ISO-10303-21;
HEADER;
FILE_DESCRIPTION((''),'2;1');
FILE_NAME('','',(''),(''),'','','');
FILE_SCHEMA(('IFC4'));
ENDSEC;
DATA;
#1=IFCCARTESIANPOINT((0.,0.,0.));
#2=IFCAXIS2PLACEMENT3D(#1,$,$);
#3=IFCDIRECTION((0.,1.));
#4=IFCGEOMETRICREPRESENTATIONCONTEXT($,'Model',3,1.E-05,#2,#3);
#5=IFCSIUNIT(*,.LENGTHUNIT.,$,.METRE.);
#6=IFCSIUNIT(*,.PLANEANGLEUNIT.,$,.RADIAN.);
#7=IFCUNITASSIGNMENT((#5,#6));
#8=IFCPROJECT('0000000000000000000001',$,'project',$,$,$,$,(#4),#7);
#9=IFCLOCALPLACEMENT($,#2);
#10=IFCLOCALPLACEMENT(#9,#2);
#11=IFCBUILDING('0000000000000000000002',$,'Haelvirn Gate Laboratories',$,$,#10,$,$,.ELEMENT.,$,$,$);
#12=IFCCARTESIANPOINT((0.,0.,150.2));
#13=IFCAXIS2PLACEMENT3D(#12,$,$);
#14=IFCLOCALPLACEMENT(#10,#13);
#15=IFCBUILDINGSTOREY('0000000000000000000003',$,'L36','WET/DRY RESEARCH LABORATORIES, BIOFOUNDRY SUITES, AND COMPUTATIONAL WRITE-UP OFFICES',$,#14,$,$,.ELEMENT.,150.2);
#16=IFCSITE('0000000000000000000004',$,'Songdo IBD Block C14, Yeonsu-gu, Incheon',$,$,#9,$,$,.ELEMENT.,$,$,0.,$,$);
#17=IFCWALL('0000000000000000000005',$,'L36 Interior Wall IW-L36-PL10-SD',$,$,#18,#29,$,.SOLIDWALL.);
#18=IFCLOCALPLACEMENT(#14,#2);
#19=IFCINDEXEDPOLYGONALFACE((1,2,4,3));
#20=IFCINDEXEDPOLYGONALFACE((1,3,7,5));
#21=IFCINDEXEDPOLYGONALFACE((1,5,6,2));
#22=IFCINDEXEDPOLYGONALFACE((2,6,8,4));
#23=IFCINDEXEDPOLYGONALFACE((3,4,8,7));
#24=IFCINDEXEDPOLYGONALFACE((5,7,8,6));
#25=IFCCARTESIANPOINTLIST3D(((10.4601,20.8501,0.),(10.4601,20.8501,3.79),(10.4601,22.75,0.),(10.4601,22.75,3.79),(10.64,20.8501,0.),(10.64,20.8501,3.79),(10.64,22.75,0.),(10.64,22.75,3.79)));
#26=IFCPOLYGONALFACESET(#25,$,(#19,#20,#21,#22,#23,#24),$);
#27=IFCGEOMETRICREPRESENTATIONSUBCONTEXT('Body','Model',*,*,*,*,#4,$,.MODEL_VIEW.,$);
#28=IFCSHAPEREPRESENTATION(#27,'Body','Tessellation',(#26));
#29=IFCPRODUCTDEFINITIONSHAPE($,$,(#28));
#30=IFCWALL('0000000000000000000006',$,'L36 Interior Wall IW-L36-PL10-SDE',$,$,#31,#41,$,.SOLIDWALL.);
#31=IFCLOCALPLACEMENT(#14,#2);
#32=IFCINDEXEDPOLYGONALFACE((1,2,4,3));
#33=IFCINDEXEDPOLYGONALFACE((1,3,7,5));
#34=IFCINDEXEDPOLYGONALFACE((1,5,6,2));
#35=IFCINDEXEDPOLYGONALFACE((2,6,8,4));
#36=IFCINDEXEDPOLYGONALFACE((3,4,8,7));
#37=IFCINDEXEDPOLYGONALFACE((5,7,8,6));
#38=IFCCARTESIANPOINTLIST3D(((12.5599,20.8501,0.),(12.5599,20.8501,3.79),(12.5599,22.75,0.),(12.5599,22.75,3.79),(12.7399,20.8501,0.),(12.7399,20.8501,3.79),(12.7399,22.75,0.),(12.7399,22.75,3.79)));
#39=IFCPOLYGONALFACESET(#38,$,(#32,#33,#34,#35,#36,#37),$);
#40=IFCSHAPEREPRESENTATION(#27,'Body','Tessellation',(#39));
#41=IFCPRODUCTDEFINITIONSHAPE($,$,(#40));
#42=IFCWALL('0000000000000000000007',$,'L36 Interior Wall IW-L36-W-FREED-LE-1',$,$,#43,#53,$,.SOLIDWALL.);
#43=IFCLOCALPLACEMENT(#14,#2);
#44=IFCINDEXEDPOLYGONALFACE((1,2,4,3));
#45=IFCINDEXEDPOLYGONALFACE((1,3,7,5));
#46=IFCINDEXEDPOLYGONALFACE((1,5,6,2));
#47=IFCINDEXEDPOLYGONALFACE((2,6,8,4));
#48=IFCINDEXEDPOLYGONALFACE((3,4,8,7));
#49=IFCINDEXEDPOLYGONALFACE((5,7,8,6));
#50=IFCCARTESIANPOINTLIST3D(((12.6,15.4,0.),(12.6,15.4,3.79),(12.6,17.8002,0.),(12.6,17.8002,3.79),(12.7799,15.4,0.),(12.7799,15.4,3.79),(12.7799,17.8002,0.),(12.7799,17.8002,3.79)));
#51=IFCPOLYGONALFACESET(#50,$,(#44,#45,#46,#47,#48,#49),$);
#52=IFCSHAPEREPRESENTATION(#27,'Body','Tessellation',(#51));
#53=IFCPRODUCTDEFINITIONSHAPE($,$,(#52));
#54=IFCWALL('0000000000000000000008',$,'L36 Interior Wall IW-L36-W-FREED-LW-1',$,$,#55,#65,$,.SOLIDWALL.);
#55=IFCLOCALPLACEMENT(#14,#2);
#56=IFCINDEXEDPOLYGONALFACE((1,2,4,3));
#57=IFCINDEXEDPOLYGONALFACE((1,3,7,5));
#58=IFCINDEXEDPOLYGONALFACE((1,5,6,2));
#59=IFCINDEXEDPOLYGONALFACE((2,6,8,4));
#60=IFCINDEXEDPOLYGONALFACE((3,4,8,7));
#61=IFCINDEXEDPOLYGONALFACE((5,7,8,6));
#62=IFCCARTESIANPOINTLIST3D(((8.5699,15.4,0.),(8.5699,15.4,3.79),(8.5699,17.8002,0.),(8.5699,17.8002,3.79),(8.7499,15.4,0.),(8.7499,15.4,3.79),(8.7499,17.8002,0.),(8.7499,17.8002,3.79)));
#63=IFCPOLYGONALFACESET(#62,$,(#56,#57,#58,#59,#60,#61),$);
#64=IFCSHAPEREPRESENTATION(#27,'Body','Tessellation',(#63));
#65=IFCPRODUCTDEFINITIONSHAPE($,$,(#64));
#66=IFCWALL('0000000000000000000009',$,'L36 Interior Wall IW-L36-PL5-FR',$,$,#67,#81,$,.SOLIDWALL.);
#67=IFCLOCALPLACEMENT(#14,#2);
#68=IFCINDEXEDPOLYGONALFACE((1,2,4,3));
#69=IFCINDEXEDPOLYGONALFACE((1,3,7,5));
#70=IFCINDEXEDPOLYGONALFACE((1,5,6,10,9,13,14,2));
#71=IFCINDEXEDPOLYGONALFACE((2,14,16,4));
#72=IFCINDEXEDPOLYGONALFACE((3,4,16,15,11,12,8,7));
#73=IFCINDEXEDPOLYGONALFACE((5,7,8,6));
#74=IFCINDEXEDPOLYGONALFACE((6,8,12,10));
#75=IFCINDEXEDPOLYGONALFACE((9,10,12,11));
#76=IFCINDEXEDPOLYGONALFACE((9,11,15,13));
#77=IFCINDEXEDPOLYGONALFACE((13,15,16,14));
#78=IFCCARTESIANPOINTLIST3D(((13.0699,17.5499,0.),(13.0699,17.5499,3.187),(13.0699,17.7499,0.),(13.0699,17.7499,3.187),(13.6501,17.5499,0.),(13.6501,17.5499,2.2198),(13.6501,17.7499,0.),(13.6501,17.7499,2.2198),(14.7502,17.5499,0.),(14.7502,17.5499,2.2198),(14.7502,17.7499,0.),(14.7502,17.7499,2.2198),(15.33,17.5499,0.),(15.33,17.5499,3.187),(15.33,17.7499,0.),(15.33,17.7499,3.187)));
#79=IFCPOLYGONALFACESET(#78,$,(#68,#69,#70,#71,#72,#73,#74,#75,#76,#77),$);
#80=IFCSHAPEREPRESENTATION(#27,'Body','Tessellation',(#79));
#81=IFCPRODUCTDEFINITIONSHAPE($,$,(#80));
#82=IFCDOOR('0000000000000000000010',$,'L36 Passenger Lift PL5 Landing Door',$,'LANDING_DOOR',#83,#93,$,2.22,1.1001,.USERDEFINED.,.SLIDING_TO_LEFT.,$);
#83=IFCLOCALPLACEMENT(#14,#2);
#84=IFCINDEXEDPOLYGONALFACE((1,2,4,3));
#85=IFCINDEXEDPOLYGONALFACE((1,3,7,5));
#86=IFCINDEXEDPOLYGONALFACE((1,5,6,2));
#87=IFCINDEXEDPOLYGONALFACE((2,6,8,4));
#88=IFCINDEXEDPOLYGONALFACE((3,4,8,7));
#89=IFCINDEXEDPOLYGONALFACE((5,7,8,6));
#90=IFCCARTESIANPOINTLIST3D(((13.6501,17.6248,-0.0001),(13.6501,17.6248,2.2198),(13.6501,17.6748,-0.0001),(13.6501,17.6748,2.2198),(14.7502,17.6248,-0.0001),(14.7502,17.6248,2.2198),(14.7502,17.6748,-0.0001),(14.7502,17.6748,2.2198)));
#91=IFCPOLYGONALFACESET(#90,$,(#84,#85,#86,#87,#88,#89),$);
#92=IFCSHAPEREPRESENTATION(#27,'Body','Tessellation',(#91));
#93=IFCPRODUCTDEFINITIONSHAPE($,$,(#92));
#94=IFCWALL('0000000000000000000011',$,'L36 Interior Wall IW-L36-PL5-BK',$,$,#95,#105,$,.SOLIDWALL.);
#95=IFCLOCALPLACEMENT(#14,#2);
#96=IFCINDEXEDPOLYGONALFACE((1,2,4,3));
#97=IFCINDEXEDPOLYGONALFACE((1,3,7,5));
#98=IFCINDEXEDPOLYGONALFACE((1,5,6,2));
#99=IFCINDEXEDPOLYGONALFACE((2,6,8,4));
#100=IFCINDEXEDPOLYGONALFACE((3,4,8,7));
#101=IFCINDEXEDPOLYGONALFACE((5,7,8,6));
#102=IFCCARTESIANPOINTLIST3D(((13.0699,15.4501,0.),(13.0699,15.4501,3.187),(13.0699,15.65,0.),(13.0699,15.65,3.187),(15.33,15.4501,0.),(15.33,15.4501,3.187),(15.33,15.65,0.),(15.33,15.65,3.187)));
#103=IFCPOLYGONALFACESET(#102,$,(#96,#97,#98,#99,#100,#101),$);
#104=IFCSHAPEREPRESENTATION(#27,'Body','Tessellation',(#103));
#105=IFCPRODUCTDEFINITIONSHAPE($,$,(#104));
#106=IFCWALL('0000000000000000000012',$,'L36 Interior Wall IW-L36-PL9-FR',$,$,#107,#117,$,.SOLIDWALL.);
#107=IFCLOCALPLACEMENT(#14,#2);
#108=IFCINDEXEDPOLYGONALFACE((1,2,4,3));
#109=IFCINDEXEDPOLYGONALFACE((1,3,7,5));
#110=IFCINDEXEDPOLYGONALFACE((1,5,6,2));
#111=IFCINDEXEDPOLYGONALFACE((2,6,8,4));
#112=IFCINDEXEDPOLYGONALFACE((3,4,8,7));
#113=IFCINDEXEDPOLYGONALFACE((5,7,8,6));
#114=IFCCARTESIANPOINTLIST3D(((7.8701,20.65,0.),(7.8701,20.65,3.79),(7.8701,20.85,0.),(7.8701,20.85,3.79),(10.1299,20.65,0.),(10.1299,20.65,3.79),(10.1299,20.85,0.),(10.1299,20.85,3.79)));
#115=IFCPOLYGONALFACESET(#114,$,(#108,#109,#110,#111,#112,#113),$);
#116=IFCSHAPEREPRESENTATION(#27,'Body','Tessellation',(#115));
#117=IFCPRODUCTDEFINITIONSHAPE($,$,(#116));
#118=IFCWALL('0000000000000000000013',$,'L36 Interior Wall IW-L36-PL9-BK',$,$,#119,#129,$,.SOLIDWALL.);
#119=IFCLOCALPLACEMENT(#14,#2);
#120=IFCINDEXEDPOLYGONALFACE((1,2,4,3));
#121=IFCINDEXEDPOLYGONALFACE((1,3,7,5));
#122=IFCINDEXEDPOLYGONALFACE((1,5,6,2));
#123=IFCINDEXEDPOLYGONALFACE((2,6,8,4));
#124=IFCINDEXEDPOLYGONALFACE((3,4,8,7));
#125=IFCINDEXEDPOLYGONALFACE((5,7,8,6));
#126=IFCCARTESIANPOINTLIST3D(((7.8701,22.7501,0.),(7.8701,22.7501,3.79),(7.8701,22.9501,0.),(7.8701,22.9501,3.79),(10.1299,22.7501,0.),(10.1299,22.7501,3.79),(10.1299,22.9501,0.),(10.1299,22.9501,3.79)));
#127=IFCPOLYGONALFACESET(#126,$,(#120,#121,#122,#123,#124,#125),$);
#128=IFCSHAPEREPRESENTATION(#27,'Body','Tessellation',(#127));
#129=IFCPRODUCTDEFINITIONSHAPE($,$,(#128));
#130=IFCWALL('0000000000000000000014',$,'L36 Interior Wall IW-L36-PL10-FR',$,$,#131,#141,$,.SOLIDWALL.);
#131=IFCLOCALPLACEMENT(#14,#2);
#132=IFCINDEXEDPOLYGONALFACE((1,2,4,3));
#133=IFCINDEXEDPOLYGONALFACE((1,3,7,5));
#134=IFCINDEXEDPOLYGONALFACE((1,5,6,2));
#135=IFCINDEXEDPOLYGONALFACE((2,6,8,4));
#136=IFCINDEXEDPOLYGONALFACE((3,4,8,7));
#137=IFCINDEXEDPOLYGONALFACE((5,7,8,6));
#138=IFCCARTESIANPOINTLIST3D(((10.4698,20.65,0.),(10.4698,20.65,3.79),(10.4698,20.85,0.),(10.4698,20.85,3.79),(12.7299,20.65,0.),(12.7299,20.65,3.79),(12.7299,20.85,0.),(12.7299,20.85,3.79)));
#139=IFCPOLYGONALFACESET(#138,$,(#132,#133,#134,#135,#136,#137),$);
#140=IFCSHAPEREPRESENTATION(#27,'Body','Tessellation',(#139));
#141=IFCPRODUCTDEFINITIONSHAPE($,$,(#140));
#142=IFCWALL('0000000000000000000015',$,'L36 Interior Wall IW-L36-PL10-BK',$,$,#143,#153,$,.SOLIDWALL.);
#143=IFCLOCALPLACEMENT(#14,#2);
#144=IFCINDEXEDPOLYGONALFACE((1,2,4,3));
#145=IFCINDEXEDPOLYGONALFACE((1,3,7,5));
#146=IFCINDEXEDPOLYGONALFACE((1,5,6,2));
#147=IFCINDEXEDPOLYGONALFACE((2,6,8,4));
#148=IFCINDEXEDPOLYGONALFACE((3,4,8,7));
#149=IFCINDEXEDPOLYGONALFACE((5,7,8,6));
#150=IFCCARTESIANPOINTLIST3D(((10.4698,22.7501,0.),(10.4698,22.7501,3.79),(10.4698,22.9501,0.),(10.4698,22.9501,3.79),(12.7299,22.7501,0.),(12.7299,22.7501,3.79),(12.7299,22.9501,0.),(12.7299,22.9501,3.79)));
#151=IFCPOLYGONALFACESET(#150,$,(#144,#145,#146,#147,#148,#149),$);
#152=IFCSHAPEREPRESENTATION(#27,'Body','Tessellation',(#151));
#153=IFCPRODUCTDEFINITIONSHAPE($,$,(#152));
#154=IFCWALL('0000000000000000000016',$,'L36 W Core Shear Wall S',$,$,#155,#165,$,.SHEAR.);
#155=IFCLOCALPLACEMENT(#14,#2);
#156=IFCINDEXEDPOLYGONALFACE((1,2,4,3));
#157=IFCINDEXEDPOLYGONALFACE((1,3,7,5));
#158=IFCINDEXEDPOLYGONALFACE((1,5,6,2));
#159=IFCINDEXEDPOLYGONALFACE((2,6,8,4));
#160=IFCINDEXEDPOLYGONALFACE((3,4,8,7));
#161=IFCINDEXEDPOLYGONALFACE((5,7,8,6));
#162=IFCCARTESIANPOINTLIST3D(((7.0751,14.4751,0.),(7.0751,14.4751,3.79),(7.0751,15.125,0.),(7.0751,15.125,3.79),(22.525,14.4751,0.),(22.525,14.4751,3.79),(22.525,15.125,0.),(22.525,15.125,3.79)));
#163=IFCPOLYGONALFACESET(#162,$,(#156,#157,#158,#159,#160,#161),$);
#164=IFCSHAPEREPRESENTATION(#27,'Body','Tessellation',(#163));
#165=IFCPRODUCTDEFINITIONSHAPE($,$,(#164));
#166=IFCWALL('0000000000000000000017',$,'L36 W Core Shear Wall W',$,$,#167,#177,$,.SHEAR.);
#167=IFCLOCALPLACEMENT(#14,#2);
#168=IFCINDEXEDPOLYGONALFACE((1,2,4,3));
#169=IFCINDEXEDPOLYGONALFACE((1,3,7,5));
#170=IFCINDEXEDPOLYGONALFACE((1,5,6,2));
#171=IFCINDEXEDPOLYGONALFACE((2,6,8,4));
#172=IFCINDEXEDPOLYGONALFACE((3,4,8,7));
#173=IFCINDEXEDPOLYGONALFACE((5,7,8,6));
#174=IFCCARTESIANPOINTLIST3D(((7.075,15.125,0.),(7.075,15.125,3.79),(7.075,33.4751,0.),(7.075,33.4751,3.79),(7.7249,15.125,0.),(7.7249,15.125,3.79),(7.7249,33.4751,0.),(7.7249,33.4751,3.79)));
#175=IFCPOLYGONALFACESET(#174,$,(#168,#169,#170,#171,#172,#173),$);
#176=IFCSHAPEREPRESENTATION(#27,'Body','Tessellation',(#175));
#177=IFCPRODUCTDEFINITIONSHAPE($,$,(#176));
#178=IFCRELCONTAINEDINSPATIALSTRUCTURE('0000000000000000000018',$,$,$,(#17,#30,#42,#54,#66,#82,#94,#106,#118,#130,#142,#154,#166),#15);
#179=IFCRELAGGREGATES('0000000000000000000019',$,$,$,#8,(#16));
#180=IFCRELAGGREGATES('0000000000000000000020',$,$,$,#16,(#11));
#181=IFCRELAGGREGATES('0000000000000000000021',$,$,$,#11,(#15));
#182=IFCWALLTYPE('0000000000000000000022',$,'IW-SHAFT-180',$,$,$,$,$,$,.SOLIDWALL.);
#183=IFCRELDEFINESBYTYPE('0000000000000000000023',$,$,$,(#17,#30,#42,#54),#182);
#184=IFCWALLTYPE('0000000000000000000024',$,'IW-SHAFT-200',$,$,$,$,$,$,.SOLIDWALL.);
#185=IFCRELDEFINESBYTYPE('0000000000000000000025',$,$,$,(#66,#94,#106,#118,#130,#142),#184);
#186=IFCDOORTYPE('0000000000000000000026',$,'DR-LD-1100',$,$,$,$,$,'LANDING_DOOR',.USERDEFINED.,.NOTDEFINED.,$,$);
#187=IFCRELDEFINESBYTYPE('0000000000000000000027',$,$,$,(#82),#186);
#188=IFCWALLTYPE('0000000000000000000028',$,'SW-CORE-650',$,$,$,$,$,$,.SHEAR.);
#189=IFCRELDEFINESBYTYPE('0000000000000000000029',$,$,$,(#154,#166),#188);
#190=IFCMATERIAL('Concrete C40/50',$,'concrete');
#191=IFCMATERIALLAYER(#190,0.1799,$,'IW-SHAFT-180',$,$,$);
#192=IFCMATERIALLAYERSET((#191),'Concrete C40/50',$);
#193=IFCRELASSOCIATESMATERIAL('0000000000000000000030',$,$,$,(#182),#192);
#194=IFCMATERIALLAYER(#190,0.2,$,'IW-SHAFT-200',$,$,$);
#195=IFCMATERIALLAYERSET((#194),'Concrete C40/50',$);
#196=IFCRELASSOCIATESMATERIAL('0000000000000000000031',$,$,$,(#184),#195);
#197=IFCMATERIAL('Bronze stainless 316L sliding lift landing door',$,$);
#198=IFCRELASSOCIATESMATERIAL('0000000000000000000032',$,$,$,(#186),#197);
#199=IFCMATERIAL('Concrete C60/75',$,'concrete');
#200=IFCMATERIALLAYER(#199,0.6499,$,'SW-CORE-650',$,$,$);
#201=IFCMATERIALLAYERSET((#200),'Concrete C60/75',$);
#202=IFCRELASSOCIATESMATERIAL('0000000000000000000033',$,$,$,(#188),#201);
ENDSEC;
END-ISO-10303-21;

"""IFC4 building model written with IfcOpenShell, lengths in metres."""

from ifc_helpers import new_model, si_unit, direction, frame, frame_2d, origin, place, context, subcontext, project, spatial, rectangle, extrude, source, transform, mapped, material, layer, layer_set, type_object, type_shapes, element, fill, save


model = new_model("IFC4")

# Units and contexts
model_context = context("Model", 3, precision=1e-05, world=origin(), true_north=direction((0.0, 1.0)))
body_context = subcontext(model_context, "Body", "Model", "MODEL_VIEW")
ifc_project = project(units=[si_unit("LENGTHUNIT", "METRE"), si_unit("PLANEANGLEUNIT", "RADIAN")], contexts=[model_context])

# Site, building, storey
site_placement = place(None, origin())
site = spatial("IfcSite", under=ifc_project, at=site_placement, Name="Songdo IBD Block C14, Yeonsu-gu, Incheon", CompositionType="ELEMENT", RefElevation=0.0)
building_placement = place(site_placement, origin())
building = spatial("IfcBuilding", under=site, at=building_placement, Name="Haelvirn Gate Laboratories", CompositionType="ELEMENT")
storey_placement = place(building_placement, frame((0.0, 0.0, 150.2)))
storey = spatial("IfcBuildingStorey", under=building, at=storey_placement, Name="L36", Description="WET/DRY RESEARCH LABORATORIES, BIOFOUNDRY SUITES, AND COMPUTATIONAL WRITE-UP OFFICES", CompositionType="ELEMENT", Elevation=150.2)

# Shared definitions
ifc_material_1 = material(Name="Concrete C60/75", Category="concrete")

# Walls
ifc_material_2 = material(Name="Concrete C40/50", Category="concrete")
ifc_layer_1 = layer(ifc_material_2, 0.1799, Name="IW-SHAFT-180")
ifc_layer_set_1 = layer_set([ifc_layer_1], Name="Concrete C40/50")
wall_type_1 = type_object("IfcWallType", Name="IW-SHAFT-180", PredefinedType="SOLIDWALL", material=ifc_layer_set_1)
for number, where, z_axis, x_axis, name in (
    (1, (10.55, 20.8501, 0.0), (0.0, 0.0, 1.0), (0.0, 1.0, 0.0), "L36 Interior Wall IW-L36-PL10-SD"),
    (2, (12.6499, 20.8501, 0.0), (0.0, 0.0, 1.0), (0.0, 1.0, 0.0), "L36 Interior Wall IW-L36-PL10-SDE"),
):
    element("IfcWall", number, at=place(storey_placement, frame(where, z_axis=z_axis, x_axis=x_axis)), inside=storey, type_object=wall_type_1, Name=name, PredefinedType="SOLIDWALL", context=body_context, shape_type="SweptSolid", body=[
        extrude(rectangle(XDim=1.8999, YDim=0.1799, at=frame_2d((0.95, 0.0))), origin(), (0.0, 0.0, 1.0), 3.79),
    ])

# Walls
for number, where, z_axis, x_axis, name in (
    (3, (12.6899, 15.3999, 0.0), (0.0, 0.0, 1.0), (0.0, 1.0, 0.0), "L36 Interior Wall IW-L36-W-FREED-LE-1"),
    (4, (8.6599, 15.3999, 0.0), (0.0, 0.0, 1.0), (0.0, 1.0, 0.0), "L36 Interior Wall IW-L36-W-FREED-LW-1"),
):
    element("IfcWall", number, at=place(storey_placement, frame(where, z_axis=z_axis, x_axis=x_axis)), inside=storey, type_object=wall_type_1, Name=name, PredefinedType="SOLIDWALL", context=body_context, shape_type="SweptSolid", body=[
        extrude(rectangle(XDim=2.4001, YDim=0.1799, at=frame_2d((1.2002, 0.0))), origin(), (0.0, 0.0, 1.0), 3.79),
    ])

# Wall, opening, door
ifc_layer_2 = layer(ifc_material_2, 0.2, Name="IW-SHAFT-200")
ifc_layer_set_2 = layer_set([ifc_layer_2], Name="Concrete C40/50")
wall_type_2 = type_object("IfcWallType", Name="IW-SHAFT-200", PredefinedType="SOLIDWALL", material=ifc_layer_set_2)
wall_1_placement = place(storey_placement, frame((13.0701, 17.6499, 0.0), z_axis=(0.0, 0.0, 1.0), x_axis=(1.0, 0.0, 0.0)))
wall_1 = element("IfcWall", 5, at=wall_1_placement, inside=storey, type_object=wall_type_2, Name="L36 Interior Wall IW-L36-PL5-FR", PredefinedType="SOLIDWALL", context=body_context, shape_type="SweptSolid", body=[
    extrude(rectangle(XDim=2.26, YDim=0.2, at=frame_2d((1.1299, 0.0))), origin(), (0.0, 0.0, 1.0), 3.187),
])
opening_1_placement = place(wall_1_placement, frame((0.5801, 0.0, 0.0)))
opening_1 = element("IfcOpeningElement", 6, at=opening_1_placement, cuts=wall_1, PredefinedType="OPENING", context=body_context, shape_type="SweptSolid", body=[
    extrude(rectangle(XDim=1.1001, YDim=2.22, at=frame_2d((0.55, 1.1099))), frame((0.0, 0.1099, 0.0), z_axis=(0.0, -1.0, 0.0), x_axis=(1.0, 0.0, 0.0)), (0.0, 0.0, 1.0), 0.22),
])
ifc_material_3 = material(Name="Bronze stainless 316L sliding lift landing door")
door_type_1 = type_object("IfcDoorType", Name="DR-LD-1100", ElementType="LANDING_DOOR", OperationType="NOTDEFINED", PredefinedType="USERDEFINED", material=ifc_material_3)
shared_shape_1 = source(origin(), body_context, "Body", "SweptSolid", [
    extrude(rectangle(XDim=1.1001, YDim=2.22, at=frame_2d((0.55, 1.1099))), frame((0.0, 0.0249, 0.0), z_axis=(0.0, -1.0, 0.0), x_axis=(1.0, 0.0, 0.0)), (0.0, 0.0, 1.0), 0.05),
])
type_shapes(door_type_1, [shared_shape_1])
door_1_placement = place(opening_1_placement, origin())
door_1 = element("IfcDoor", 7, at=door_1_placement, inside=storey, type_object=door_type_1, Name="L36 Passenger Lift PL5 Landing Door", ObjectType="LANDING_DOOR", OperationType="SLIDING_TO_LEFT", OverallHeight=2.22, OverallWidth=1.1001, PredefinedType="USERDEFINED", context=body_context, shape_type="MappedRepresentation", body=[
    mapped(shared_shape_1, transform((0.0, 0.0, 0.0), scale=1.0)),
])
fill(opening_1, door_1)

# Walls
wall_2_placement = place(storey_placement, frame((13.0701, 15.55, 0.0), z_axis=(0.0, 0.0, 1.0), x_axis=(1.0, 0.0, 0.0)))
element("IfcWall", 8, at=wall_2_placement, inside=storey, type_object=wall_type_2, Name="L36 Interior Wall IW-L36-PL5-BK", PredefinedType="SOLIDWALL", context=body_context, shape_type="SweptSolid", body=[
    extrude(rectangle(XDim=2.26, YDim=0.2, at=frame_2d((1.1299, 0.0))), origin(), (0.0, 0.0, 1.0), 3.187),
])
for number, where, z_axis, x_axis, name in (
    (9, (7.8701, 20.75, 0.0), (0.0, 0.0, 1.0), (1.0, 0.0, 0.0), "L36 Interior Wall IW-L36-PL9-FR"),
    (10, (7.8701, 22.8501, 0.0), (0.0, 0.0, 1.0), (1.0, 0.0, 0.0), "L36 Interior Wall IW-L36-PL9-BK"),
):
    element("IfcWall", number, at=place(storey_placement, frame(where, z_axis=z_axis, x_axis=x_axis)), inside=storey, type_object=wall_type_2, Name=name, PredefinedType="SOLIDWALL", context=body_context, shape_type="SweptSolid", body=[
        extrude(rectangle(XDim=2.2598, YDim=0.2, at=frame_2d((1.1299, 0.0))), origin(), (0.0, 0.0, 1.0), 3.79),
    ])
for number, where, z_axis, x_axis, name in (
    (11, (10.47, 20.75, 0.0), (0.0, 0.0, 1.0), (1.0, 0.0, 0.0), "L36 Interior Wall IW-L36-PL10-FR"),
    (12, (10.47, 22.8501, 0.0), (0.0, 0.0, 1.0), (1.0, 0.0, 0.0), "L36 Interior Wall IW-L36-PL10-BK"),
):
    element("IfcWall", number, at=place(storey_placement, frame(where, z_axis=z_axis, x_axis=x_axis)), inside=storey, type_object=wall_type_2, Name=name, PredefinedType="SOLIDWALL", context=body_context, shape_type="SweptSolid", body=[
        extrude(rectangle(XDim=2.26, YDim=0.2, at=frame_2d((1.1299, 0.0))), origin(), (0.0, 0.0, 1.0), 3.79),
    ])
ifc_layer_3 = layer(ifc_material_1, 0.6499, Name="SW-CORE-650")
ifc_layer_set_3 = layer_set([ifc_layer_3], Name="Concrete C60/75")
wall_type_3 = type_object("IfcWallType", Name="SW-CORE-650", PredefinedType="SHEAR", material=ifc_layer_set_3)
wall_3_placement = place(storey_placement, frame((7.075, 14.8, 0.0), z_axis=(0.0, 0.0, 1.0), x_axis=(1.0, 0.0, 0.0)))
element("IfcWall", 13, at=wall_3_placement, inside=storey, type_object=wall_type_3, Name="L36 W Core Shear Wall S", PredefinedType="SHEAR", context=body_context, shape_type="SweptSolid", body=[
    extrude(rectangle(XDim=15.45, YDim=0.6499, at=frame_2d((7.7251, 0.0))), origin(), (0.0, 0.0, 1.0), 3.79),
])
wall_4_placement = place(storey_placement, frame((7.3999, 15.125, 0.0), z_axis=(0.0, 0.0, 1.0), x_axis=(0.0, 1.0, 0.0)))
element("IfcWall", 14, at=wall_4_placement, inside=storey, type_object=wall_type_3, Name="L36 W Core Shear Wall W", PredefinedType="SHEAR", context=body_context, shape_type="SweptSolid", body=[
    extrude(rectangle(XDim=18.3501, YDim=0.6499, at=frame_2d((9.175, 0.0))), origin(), (0.0, 0.0, 1.0), 3.79),
])

save(model, "model.ifc")
